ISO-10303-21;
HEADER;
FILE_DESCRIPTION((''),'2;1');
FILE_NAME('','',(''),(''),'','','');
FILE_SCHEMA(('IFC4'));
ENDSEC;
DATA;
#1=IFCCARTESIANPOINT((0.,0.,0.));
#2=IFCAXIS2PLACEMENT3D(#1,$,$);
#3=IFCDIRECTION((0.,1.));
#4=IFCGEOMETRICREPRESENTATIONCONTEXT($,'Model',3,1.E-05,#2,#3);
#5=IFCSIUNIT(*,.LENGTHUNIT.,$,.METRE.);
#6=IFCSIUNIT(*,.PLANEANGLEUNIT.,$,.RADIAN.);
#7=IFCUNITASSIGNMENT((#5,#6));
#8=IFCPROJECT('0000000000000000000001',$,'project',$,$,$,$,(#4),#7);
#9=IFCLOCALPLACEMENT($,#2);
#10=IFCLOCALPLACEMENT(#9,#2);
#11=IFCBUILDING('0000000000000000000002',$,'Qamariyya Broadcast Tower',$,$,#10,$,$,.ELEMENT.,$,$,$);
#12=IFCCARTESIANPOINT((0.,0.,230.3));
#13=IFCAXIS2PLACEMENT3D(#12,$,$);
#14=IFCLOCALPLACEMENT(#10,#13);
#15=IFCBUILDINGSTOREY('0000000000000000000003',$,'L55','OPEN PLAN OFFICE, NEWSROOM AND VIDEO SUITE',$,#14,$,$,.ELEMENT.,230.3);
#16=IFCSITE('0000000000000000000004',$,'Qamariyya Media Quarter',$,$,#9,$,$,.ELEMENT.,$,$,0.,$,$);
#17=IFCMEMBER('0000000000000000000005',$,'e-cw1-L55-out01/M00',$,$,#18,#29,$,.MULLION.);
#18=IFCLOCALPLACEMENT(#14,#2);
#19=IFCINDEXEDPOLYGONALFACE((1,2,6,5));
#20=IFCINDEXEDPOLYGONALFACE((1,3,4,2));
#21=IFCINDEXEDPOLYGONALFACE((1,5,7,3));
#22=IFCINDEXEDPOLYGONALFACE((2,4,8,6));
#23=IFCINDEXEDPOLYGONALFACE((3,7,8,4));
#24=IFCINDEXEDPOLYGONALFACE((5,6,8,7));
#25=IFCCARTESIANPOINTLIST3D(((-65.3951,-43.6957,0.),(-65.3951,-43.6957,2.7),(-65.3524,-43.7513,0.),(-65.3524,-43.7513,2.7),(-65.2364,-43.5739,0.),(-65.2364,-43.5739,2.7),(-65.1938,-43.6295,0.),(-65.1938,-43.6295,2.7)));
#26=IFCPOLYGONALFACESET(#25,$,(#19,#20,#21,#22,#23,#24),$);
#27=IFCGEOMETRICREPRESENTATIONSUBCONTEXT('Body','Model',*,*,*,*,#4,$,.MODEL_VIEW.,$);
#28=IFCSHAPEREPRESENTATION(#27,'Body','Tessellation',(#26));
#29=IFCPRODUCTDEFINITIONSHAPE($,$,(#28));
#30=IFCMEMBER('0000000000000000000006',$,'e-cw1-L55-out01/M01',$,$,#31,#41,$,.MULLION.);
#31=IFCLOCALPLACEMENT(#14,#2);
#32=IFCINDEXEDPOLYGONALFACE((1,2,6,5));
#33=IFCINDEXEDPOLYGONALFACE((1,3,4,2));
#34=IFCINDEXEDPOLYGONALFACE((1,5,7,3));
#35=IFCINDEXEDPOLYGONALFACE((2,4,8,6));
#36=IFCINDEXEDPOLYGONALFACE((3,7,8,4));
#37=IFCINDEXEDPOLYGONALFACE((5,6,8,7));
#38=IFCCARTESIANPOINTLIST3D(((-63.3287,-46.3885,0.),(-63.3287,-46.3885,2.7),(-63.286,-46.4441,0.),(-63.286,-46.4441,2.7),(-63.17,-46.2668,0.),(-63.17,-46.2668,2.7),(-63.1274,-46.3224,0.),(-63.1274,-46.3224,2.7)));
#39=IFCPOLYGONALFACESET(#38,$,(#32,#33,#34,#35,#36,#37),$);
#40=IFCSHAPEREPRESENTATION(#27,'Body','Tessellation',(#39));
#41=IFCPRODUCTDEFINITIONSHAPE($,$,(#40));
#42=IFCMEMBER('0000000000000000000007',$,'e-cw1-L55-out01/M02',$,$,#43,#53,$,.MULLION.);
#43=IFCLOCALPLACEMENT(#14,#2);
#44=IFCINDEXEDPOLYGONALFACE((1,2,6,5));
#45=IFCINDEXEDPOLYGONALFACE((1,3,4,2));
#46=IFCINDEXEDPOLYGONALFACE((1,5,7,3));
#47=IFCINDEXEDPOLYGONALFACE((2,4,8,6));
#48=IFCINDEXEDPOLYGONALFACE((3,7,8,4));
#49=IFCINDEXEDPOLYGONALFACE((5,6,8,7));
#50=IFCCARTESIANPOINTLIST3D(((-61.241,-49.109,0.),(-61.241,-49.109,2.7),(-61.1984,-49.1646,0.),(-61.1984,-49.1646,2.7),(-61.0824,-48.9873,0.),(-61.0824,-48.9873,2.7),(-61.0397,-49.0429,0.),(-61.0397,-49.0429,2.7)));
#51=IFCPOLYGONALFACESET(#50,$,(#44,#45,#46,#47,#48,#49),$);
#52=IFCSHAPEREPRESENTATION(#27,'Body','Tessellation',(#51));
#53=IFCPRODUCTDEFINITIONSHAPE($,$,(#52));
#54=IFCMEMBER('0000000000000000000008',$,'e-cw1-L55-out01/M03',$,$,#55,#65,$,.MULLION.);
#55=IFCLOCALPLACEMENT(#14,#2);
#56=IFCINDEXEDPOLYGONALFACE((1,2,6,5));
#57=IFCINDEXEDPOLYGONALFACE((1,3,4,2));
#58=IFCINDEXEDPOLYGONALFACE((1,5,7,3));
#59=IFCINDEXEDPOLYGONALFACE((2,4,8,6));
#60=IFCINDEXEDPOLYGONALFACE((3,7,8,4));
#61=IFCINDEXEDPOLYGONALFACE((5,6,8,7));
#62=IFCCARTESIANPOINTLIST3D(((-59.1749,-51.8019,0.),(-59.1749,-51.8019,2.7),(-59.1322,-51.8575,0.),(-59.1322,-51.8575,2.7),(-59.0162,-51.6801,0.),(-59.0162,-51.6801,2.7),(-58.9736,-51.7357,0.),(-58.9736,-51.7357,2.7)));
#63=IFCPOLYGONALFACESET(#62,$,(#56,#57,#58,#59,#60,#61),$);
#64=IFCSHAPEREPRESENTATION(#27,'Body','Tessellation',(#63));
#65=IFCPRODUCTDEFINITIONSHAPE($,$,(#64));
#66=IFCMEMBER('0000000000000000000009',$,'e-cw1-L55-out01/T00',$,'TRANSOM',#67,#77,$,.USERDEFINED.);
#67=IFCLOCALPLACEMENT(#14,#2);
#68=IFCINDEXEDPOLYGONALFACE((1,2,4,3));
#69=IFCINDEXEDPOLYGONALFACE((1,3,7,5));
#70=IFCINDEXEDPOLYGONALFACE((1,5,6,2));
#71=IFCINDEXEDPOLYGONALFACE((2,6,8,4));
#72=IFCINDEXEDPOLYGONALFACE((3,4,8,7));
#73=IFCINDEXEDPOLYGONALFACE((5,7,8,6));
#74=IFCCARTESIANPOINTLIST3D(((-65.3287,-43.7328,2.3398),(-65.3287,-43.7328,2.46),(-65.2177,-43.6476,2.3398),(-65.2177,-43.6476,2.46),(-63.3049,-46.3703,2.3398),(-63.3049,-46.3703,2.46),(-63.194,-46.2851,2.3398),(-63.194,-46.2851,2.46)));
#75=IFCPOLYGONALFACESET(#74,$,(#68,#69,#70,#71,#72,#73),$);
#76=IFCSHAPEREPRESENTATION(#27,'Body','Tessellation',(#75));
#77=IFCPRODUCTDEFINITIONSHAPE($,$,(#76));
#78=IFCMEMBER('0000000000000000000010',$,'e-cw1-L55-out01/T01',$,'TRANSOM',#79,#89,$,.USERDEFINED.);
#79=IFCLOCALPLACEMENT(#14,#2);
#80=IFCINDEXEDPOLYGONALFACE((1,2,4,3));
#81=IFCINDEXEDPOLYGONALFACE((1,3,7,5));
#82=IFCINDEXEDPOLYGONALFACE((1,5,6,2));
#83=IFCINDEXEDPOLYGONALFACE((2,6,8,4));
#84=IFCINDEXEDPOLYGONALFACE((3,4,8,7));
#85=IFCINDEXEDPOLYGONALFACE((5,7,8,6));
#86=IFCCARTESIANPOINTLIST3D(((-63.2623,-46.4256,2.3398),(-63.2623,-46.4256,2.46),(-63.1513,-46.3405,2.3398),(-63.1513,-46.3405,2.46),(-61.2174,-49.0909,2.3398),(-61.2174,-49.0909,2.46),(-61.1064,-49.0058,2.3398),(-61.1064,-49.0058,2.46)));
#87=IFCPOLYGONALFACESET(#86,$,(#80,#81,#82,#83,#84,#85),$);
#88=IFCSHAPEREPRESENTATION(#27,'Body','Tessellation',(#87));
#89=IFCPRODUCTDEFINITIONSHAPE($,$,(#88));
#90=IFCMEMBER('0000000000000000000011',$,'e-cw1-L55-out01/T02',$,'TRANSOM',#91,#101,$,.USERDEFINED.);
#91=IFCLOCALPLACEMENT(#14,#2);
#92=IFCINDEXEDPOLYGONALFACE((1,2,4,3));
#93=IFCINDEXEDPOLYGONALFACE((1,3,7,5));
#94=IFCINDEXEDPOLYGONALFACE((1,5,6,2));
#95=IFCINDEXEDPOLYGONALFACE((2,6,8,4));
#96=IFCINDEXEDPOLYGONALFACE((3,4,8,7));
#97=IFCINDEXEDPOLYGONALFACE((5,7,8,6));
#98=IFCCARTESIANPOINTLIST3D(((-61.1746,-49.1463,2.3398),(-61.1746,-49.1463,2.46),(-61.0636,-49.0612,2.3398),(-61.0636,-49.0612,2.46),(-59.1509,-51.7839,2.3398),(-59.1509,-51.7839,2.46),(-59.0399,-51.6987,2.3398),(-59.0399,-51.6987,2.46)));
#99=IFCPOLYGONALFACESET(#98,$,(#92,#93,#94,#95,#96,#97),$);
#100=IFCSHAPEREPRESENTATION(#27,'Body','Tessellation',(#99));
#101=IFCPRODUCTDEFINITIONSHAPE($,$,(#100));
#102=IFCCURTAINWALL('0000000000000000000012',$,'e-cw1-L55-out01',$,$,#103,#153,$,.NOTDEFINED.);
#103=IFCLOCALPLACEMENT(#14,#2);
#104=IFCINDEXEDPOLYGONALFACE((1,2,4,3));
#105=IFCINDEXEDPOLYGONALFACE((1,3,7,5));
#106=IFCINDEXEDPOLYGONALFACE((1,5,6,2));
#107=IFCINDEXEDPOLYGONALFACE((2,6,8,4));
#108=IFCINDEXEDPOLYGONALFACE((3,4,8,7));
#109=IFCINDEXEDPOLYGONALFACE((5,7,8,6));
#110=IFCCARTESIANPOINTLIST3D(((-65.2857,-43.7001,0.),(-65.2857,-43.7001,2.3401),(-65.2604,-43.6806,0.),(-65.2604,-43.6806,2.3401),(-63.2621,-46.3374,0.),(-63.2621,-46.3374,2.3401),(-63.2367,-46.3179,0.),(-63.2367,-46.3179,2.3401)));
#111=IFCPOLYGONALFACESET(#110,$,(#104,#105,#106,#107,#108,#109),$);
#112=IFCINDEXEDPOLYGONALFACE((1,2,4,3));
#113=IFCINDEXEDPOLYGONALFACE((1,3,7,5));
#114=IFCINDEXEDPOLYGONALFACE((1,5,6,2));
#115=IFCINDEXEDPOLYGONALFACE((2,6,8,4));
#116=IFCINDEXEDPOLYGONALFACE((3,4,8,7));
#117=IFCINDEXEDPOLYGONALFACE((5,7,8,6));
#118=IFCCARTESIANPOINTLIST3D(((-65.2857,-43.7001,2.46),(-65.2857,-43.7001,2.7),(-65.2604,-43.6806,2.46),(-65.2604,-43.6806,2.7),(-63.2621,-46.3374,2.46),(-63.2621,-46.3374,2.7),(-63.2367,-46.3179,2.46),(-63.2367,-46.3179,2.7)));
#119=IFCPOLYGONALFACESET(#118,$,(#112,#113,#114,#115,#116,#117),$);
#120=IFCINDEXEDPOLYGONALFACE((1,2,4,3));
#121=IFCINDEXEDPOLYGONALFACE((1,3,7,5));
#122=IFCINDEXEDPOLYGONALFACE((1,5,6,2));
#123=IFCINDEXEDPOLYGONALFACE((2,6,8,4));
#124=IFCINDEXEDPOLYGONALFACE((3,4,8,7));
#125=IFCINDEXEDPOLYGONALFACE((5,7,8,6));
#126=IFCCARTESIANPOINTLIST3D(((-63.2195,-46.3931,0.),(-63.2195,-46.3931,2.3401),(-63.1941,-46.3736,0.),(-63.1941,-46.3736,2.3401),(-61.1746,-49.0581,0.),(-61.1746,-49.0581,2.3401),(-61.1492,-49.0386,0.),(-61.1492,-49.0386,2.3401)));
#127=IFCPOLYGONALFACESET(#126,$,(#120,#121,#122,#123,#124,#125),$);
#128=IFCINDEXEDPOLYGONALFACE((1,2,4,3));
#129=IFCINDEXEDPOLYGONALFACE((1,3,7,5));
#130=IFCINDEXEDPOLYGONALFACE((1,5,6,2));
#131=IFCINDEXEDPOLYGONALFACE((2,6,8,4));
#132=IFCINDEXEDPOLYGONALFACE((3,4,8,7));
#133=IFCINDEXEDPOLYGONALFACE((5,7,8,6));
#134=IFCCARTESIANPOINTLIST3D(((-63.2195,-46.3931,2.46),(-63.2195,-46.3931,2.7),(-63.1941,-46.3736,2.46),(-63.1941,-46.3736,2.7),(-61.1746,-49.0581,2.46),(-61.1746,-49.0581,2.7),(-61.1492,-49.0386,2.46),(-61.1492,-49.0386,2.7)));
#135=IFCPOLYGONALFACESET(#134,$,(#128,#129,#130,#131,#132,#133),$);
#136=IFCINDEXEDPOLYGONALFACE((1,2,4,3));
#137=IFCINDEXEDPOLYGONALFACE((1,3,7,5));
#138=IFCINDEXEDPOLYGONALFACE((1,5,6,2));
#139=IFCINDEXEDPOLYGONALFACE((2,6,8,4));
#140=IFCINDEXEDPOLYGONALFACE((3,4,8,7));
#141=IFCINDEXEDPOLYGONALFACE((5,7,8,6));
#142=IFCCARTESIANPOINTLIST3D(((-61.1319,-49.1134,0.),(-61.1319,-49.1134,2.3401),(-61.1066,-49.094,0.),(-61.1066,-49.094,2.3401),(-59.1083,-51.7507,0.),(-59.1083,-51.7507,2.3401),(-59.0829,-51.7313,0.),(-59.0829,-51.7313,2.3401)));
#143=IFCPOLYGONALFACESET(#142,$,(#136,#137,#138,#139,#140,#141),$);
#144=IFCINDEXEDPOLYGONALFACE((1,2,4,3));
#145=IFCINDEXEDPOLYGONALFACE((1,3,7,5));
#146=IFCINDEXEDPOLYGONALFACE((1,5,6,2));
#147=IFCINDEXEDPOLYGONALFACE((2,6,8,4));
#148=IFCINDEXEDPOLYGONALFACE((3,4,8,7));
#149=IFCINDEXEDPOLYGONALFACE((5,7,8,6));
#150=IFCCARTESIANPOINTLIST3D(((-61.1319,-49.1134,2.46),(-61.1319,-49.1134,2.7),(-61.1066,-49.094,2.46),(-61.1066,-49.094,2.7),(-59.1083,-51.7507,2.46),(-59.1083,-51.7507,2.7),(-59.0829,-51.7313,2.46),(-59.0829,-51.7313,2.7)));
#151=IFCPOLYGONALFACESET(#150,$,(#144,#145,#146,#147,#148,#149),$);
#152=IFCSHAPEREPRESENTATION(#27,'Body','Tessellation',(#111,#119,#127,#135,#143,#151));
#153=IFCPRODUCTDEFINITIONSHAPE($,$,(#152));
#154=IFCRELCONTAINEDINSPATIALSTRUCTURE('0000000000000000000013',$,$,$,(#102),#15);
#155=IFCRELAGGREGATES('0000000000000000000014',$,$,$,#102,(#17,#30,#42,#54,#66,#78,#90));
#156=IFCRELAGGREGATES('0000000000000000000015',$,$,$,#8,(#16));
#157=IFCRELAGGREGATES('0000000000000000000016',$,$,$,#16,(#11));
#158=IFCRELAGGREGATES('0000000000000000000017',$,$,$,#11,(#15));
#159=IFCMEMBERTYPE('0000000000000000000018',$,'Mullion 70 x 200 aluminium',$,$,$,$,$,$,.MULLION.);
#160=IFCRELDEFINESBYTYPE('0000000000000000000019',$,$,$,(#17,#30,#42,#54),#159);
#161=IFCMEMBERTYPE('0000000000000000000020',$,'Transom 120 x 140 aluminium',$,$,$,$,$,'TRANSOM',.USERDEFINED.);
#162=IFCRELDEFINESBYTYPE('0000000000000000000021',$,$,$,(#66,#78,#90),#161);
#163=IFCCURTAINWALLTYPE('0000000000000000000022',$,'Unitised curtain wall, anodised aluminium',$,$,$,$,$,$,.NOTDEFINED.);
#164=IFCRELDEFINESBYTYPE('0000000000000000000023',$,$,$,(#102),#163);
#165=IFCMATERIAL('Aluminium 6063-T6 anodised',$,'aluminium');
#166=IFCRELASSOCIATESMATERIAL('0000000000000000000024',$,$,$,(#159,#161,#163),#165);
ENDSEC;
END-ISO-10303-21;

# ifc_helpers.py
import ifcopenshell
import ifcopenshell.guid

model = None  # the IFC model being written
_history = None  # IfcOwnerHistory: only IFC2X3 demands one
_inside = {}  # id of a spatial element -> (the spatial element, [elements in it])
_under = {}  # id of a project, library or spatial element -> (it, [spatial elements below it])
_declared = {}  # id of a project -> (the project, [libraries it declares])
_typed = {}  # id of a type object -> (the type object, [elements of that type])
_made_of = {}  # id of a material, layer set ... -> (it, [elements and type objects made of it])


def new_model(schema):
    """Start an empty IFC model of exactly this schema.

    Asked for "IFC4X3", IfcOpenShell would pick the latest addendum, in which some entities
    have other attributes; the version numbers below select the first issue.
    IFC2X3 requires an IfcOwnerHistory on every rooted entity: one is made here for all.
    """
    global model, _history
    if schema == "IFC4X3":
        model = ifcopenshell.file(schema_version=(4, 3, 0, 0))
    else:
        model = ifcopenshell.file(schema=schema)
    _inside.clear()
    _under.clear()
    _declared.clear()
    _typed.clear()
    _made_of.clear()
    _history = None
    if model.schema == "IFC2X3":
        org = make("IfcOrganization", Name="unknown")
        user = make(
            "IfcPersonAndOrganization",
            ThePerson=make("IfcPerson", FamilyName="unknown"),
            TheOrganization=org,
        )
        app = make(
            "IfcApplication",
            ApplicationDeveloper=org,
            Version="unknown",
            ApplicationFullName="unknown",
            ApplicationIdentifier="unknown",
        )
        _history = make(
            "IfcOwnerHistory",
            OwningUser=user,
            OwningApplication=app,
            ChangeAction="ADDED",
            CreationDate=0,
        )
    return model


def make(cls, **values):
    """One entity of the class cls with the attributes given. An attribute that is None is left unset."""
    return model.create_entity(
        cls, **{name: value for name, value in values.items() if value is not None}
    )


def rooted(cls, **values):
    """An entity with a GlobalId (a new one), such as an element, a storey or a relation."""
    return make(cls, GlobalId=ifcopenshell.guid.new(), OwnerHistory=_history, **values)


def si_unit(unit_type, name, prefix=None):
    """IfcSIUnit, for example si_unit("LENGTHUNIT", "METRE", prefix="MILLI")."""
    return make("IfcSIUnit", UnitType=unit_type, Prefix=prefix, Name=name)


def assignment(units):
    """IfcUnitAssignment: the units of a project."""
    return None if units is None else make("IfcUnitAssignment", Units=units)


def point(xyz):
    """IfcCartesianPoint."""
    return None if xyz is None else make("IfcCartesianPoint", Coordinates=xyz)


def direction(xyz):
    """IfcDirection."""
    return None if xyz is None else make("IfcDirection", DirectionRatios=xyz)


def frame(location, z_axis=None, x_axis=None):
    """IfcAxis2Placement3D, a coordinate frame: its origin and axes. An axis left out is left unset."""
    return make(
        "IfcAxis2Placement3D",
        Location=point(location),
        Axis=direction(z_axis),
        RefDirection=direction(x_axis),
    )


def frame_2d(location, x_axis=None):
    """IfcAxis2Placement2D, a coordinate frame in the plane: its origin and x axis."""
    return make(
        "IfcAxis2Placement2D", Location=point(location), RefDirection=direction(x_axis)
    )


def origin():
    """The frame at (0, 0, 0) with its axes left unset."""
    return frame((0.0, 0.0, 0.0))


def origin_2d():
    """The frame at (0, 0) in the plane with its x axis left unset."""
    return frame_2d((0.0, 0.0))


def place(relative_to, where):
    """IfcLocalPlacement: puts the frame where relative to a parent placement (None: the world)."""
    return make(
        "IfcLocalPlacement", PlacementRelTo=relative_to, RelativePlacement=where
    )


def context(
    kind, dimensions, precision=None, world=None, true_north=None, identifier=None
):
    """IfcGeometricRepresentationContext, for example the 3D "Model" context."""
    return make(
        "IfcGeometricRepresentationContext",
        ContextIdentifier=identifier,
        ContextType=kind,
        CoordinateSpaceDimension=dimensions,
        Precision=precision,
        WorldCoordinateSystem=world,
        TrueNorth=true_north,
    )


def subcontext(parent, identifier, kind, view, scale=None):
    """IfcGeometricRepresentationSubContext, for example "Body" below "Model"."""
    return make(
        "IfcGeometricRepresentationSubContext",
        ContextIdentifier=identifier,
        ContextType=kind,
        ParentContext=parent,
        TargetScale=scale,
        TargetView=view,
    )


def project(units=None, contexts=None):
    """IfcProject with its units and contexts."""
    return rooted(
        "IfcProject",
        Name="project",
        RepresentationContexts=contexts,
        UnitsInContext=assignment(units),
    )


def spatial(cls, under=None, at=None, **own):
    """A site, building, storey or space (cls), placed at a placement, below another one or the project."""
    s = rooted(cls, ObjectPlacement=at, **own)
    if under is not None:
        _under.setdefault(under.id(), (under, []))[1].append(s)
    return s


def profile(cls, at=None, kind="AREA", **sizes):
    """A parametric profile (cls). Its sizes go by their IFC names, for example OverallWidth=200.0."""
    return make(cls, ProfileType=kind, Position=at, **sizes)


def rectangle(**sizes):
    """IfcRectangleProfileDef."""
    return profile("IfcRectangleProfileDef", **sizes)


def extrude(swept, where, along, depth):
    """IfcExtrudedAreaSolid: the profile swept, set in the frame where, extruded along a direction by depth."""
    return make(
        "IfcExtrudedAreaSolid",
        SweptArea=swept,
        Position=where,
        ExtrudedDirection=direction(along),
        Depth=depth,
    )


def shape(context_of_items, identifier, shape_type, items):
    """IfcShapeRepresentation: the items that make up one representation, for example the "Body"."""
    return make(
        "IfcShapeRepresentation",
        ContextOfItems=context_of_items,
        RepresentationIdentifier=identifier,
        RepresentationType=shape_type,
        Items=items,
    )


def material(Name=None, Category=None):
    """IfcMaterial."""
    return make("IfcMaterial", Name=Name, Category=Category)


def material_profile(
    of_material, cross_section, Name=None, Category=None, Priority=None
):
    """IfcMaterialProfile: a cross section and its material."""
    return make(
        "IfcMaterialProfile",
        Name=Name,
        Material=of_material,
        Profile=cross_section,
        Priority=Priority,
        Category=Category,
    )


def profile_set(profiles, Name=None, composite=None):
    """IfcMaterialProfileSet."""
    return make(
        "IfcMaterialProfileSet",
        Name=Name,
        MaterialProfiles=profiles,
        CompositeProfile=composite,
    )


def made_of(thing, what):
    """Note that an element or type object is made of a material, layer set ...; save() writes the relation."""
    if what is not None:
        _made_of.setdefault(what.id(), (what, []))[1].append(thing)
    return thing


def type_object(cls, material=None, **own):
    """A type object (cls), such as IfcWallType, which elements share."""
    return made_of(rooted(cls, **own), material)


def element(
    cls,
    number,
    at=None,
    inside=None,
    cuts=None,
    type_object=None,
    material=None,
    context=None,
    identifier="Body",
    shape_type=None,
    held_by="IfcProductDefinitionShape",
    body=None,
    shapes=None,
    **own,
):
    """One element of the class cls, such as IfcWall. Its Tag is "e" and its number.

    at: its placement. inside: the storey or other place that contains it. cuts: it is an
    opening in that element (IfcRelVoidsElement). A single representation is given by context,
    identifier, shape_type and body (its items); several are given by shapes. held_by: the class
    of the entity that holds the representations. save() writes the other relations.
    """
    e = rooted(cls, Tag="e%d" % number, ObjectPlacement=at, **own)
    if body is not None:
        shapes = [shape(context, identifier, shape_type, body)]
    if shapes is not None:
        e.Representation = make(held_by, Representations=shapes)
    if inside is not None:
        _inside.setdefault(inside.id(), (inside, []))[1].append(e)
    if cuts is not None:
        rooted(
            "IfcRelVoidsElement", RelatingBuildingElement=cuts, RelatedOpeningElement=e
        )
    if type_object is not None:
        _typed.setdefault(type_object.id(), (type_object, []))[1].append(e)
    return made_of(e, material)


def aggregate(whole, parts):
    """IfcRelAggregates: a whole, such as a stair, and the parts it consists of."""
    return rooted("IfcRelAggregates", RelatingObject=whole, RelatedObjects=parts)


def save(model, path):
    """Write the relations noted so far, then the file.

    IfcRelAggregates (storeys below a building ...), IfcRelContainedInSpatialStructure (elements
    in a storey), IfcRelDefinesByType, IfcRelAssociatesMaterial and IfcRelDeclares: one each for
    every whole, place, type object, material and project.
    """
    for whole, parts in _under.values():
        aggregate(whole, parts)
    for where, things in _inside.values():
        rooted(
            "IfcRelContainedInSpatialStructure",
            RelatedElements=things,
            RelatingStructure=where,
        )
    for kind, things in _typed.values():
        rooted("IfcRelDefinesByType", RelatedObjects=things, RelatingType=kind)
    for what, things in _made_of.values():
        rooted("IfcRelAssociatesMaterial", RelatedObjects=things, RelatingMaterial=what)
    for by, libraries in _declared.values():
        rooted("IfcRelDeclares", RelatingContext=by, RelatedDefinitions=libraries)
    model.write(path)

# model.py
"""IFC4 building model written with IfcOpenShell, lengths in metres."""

from ifc_helpers import new_model, si_unit, direction, frame, origin, origin_2d, place, context, subcontext, project, spatial, rectangle, extrude, material, material_profile, profile_set, type_object, element, aggregate, save


model = new_model("IFC4")

# Units and contexts
model_context = context("Model", 3, precision=1e-05, world=origin(), true_north=direction((0.0, 1.0)))
body_context = subcontext(model_context, "Body", "Model", "MODEL_VIEW")
ifc_project = project(units=[si_unit("LENGTHUNIT", "METRE"), si_unit("PLANEANGLEUNIT", "RADIAN")], contexts=[model_context])

# Members
ifc_material_1 = material(Name="Aluminium 6063-T6 anodised", Category="aluminium")
ifc_material_profile_1 = material_profile(ifc_material_1, rectangle(XDim=0.2, YDim=0.0701, at=origin_2d()))
ifc_profile_set_1 = profile_set([ifc_material_profile_1], Name="Aluminium 6063-T6 anodised")
member_type_1 = type_object("IfcMemberType", Name="Mullion 70 x 200 aluminium", PredefinedType="MULLION", material=ifc_profile_set_1)
site_placement = place(None, origin())
building_placement = place(site_placement, origin())
storey_placement = place(building_placement, frame((0.0, 0.0, 230.3)))
member_1_placement = place(storey_placement, frame((-65.2944, -43.6626, 0.0), z_axis=(0.0, 0.0, 1.0), x_axis=(0.793353, 0.608761, 0.0)))
member_1 = element("IfcMember", 1, at=member_1_placement, type_object=member_type_1, Name="e-cw1-L55-out01/M00", PredefinedType="MULLION", context=body_context, shape_type="SweptSolid", body=[
    extrude(rectangle(XDim=0.2, YDim=0.0701, at=origin_2d()), origin(), (0.0, 0.0, 1.0), 2.7),
])
member_2_placement = place(storey_placement, frame((-63.228, -46.3555, 0.0), z_axis=(0.0, 0.0, 1.0), x_axis=(0.793353, 0.608761, 0.0)))
member_2 = element("IfcMember", 2, at=member_2_placement, type_object=member_type_1, Name="e-cw1-L55-out01/M01", PredefinedType="MULLION", context=body_context, shape_type="SweptSolid", body=[
    extrude(rectangle(XDim=0.2, YDim=0.0701, at=origin_2d()), origin(), (0.0, 0.0, 1.0), 2.7),
])
member_3_placement = place(storey_placement, frame((-61.1404, -49.0759, 0.0), z_axis=(0.0, 0.0, 1.0), x_axis=(0.793353, 0.608761, 0.0)))
member_3 = element("IfcMember", 3, at=member_3_placement, type_object=member_type_1, Name="e-cw1-L55-out01/M02", PredefinedType="MULLION", context=body_context, shape_type="SweptSolid", body=[
    extrude(rectangle(XDim=0.2, YDim=0.0701, at=origin_2d()), origin(), (0.0, 0.0, 1.0), 2.7),
])
member_4_placement = place(storey_placement, frame((-59.0742, -51.7688, 0.0), z_axis=(0.0, 0.0, 1.0), x_axis=(0.793353, 0.608761, 0.0)))
member_4 = element("IfcMember", 4, at=member_4_placement, type_object=member_type_1, Name="e-cw1-L55-out01/M03", PredefinedType="MULLION", context=body_context, shape_type="SweptSolid", body=[
    extrude(rectangle(XDim=0.2, YDim=0.0701, at=origin_2d()), origin(), (0.0, 0.0, 1.0), 2.7),
])
ifc_material_profile_2 = material_profile(ifc_material_1, rectangle(XDim=0.1399, YDim=0.1201, at=origin_2d()))
ifc_profile_set_2 = profile_set([ifc_material_profile_2], Name="Aluminium 6063-T6 anodised")
member_type_2 = type_object("IfcMemberType", Name="Transom 120 x 140 aluminium", ElementType="TRANSOM", PredefinedType="USERDEFINED", material=ifc_profile_set_2)
member_5_placement = place(storey_placement, frame((-65.2732, -43.6902, 2.3999), z_axis=(0.608741, -0.793369, 0.0), x_axis=(0.793369, 0.608741, 0.0)))
member_5 = element("IfcMember", 5, at=member_5_placement, type_object=member_type_2, Name="e-cw1-L55-out01/T00", ObjectType="TRANSOM", PredefinedType="USERDEFINED", context=body_context, shape_type="SweptSolid", body=[
    extrude(rectangle(XDim=0.1399, YDim=0.1201, at=origin_2d()), origin(), (0.0, 0.0, 1.0), 3.3245),
])
member_6_placement = place(storey_placement, frame((-63.2068, -46.3831, 2.3999), z_axis=(0.60872, -0.793385, 0.0), x_axis=(0.793385, 0.60872, 0.0)))
member_6 = element("IfcMember", 6, at=member_6_placement, type_object=member_type_2, Name="e-cw1-L55-out01/T01", ObjectType="TRANSOM", PredefinedType="USERDEFINED", context=body_context, shape_type="SweptSolid", body=[
    extrude(rectangle(XDim=0.1399, YDim=0.1201, at=origin_2d()), origin(), (0.0, 0.0, 1.0), 3.3594),
])
member_7_placement = place(storey_placement, frame((-61.1191, -49.1038, 2.3999), z_axis=(0.608741, -0.793369, 0.0), x_axis=(0.793369, 0.608741, 0.0)))
member_7 = element("IfcMember", 7, at=member_7_placement, type_object=member_type_2, Name="e-cw1-L55-out01/T02", ObjectType="TRANSOM", PredefinedType="USERDEFINED", context=body_context, shape_type="SweptSolid", body=[
    extrude(rectangle(XDim=0.1399, YDim=0.1201, at=origin_2d()), origin(), (0.0, 0.0, 1.0), 3.3245),
])

# Site, building, storey
site = spatial("IfcSite", under=ifc_project, at=site_placement, Name="Qamariyya Media Quarter", CompositionType="ELEMENT", RefElevation=0.0)
building = spatial("IfcBuilding", under=site, at=building_placement, Name="Qamariyya Broadcast Tower", CompositionType="ELEMENT")
storey = spatial("IfcBuildingStorey", under=building, at=storey_placement, Name="L55", Description="OPEN PLAN OFFICE, NEWSROOM AND VIDEO SUITE", CompositionType="ELEMENT", Elevation=230.3)

# Curtain wall
curtain_wall_type = type_object("IfcCurtainWallType", Name="Unitised curtain wall, anodised aluminium", PredefinedType="NOTDEFINED", material=ifc_material_1)
curtain_wall_1_placement = place(storey_placement, origin())
curtain_wall_1 = element("IfcCurtainWall", 8, at=curtain_wall_1_placement, inside=storey, type_object=curtain_wall_type, Name="e-cw1-L55-out01", PredefinedType="NOTDEFINED", context=body_context, shape_type="SweptSolid", body=[
    extrude(rectangle(XDim=3.3242, YDim=0.032, at=origin_2d()), frame((-64.2612, -45.009, 0.0), x_axis=(0.608754, -0.793359, 0.0)), (0.0, 0.0, 1.0), 2.3401),
    extrude(rectangle(XDim=3.3242, YDim=0.032, at=origin_2d()), frame((-64.2612, -45.009, 2.46), x_axis=(0.608754, -0.793359, 0.0)), (0.0, 0.0, 1.0), 0.24),
    extrude(rectangle(XDim=3.3591, YDim=0.032, at=origin_2d()), frame((-62.1843, -47.7158, 0.0), x_axis=(0.608754, -0.793359, 0.0)), (0.0, 0.0, 1.0), 2.3401),
    extrude(rectangle(XDim=3.3591, YDim=0.032, at=origin_2d()), frame((-62.1843, -47.7158, 2.46), x_axis=(0.608754, -0.793359, 0.0)), (0.0, 0.0, 1.0), 0.24),
    extrude(rectangle(XDim=3.3242, YDim=0.032, at=origin_2d()), frame((-60.1074, -50.4224, 0.0), x_axis=(0.608754, -0.793359, 0.0)), (0.0, 0.0, 1.0), 2.3401),
    extrude(rectangle(XDim=3.3242, YDim=0.032, at=origin_2d()), frame((-60.1074, -50.4224, 2.46), x_axis=(0.608754, -0.793359, 0.0)), (0.0, 0.0, 1.0), 0.24),
])
aggregate(curtain_wall_1, [member_1, member_2, member_3, member_4, member_5, member_6, member_7])

save(model, "model.ifc")
